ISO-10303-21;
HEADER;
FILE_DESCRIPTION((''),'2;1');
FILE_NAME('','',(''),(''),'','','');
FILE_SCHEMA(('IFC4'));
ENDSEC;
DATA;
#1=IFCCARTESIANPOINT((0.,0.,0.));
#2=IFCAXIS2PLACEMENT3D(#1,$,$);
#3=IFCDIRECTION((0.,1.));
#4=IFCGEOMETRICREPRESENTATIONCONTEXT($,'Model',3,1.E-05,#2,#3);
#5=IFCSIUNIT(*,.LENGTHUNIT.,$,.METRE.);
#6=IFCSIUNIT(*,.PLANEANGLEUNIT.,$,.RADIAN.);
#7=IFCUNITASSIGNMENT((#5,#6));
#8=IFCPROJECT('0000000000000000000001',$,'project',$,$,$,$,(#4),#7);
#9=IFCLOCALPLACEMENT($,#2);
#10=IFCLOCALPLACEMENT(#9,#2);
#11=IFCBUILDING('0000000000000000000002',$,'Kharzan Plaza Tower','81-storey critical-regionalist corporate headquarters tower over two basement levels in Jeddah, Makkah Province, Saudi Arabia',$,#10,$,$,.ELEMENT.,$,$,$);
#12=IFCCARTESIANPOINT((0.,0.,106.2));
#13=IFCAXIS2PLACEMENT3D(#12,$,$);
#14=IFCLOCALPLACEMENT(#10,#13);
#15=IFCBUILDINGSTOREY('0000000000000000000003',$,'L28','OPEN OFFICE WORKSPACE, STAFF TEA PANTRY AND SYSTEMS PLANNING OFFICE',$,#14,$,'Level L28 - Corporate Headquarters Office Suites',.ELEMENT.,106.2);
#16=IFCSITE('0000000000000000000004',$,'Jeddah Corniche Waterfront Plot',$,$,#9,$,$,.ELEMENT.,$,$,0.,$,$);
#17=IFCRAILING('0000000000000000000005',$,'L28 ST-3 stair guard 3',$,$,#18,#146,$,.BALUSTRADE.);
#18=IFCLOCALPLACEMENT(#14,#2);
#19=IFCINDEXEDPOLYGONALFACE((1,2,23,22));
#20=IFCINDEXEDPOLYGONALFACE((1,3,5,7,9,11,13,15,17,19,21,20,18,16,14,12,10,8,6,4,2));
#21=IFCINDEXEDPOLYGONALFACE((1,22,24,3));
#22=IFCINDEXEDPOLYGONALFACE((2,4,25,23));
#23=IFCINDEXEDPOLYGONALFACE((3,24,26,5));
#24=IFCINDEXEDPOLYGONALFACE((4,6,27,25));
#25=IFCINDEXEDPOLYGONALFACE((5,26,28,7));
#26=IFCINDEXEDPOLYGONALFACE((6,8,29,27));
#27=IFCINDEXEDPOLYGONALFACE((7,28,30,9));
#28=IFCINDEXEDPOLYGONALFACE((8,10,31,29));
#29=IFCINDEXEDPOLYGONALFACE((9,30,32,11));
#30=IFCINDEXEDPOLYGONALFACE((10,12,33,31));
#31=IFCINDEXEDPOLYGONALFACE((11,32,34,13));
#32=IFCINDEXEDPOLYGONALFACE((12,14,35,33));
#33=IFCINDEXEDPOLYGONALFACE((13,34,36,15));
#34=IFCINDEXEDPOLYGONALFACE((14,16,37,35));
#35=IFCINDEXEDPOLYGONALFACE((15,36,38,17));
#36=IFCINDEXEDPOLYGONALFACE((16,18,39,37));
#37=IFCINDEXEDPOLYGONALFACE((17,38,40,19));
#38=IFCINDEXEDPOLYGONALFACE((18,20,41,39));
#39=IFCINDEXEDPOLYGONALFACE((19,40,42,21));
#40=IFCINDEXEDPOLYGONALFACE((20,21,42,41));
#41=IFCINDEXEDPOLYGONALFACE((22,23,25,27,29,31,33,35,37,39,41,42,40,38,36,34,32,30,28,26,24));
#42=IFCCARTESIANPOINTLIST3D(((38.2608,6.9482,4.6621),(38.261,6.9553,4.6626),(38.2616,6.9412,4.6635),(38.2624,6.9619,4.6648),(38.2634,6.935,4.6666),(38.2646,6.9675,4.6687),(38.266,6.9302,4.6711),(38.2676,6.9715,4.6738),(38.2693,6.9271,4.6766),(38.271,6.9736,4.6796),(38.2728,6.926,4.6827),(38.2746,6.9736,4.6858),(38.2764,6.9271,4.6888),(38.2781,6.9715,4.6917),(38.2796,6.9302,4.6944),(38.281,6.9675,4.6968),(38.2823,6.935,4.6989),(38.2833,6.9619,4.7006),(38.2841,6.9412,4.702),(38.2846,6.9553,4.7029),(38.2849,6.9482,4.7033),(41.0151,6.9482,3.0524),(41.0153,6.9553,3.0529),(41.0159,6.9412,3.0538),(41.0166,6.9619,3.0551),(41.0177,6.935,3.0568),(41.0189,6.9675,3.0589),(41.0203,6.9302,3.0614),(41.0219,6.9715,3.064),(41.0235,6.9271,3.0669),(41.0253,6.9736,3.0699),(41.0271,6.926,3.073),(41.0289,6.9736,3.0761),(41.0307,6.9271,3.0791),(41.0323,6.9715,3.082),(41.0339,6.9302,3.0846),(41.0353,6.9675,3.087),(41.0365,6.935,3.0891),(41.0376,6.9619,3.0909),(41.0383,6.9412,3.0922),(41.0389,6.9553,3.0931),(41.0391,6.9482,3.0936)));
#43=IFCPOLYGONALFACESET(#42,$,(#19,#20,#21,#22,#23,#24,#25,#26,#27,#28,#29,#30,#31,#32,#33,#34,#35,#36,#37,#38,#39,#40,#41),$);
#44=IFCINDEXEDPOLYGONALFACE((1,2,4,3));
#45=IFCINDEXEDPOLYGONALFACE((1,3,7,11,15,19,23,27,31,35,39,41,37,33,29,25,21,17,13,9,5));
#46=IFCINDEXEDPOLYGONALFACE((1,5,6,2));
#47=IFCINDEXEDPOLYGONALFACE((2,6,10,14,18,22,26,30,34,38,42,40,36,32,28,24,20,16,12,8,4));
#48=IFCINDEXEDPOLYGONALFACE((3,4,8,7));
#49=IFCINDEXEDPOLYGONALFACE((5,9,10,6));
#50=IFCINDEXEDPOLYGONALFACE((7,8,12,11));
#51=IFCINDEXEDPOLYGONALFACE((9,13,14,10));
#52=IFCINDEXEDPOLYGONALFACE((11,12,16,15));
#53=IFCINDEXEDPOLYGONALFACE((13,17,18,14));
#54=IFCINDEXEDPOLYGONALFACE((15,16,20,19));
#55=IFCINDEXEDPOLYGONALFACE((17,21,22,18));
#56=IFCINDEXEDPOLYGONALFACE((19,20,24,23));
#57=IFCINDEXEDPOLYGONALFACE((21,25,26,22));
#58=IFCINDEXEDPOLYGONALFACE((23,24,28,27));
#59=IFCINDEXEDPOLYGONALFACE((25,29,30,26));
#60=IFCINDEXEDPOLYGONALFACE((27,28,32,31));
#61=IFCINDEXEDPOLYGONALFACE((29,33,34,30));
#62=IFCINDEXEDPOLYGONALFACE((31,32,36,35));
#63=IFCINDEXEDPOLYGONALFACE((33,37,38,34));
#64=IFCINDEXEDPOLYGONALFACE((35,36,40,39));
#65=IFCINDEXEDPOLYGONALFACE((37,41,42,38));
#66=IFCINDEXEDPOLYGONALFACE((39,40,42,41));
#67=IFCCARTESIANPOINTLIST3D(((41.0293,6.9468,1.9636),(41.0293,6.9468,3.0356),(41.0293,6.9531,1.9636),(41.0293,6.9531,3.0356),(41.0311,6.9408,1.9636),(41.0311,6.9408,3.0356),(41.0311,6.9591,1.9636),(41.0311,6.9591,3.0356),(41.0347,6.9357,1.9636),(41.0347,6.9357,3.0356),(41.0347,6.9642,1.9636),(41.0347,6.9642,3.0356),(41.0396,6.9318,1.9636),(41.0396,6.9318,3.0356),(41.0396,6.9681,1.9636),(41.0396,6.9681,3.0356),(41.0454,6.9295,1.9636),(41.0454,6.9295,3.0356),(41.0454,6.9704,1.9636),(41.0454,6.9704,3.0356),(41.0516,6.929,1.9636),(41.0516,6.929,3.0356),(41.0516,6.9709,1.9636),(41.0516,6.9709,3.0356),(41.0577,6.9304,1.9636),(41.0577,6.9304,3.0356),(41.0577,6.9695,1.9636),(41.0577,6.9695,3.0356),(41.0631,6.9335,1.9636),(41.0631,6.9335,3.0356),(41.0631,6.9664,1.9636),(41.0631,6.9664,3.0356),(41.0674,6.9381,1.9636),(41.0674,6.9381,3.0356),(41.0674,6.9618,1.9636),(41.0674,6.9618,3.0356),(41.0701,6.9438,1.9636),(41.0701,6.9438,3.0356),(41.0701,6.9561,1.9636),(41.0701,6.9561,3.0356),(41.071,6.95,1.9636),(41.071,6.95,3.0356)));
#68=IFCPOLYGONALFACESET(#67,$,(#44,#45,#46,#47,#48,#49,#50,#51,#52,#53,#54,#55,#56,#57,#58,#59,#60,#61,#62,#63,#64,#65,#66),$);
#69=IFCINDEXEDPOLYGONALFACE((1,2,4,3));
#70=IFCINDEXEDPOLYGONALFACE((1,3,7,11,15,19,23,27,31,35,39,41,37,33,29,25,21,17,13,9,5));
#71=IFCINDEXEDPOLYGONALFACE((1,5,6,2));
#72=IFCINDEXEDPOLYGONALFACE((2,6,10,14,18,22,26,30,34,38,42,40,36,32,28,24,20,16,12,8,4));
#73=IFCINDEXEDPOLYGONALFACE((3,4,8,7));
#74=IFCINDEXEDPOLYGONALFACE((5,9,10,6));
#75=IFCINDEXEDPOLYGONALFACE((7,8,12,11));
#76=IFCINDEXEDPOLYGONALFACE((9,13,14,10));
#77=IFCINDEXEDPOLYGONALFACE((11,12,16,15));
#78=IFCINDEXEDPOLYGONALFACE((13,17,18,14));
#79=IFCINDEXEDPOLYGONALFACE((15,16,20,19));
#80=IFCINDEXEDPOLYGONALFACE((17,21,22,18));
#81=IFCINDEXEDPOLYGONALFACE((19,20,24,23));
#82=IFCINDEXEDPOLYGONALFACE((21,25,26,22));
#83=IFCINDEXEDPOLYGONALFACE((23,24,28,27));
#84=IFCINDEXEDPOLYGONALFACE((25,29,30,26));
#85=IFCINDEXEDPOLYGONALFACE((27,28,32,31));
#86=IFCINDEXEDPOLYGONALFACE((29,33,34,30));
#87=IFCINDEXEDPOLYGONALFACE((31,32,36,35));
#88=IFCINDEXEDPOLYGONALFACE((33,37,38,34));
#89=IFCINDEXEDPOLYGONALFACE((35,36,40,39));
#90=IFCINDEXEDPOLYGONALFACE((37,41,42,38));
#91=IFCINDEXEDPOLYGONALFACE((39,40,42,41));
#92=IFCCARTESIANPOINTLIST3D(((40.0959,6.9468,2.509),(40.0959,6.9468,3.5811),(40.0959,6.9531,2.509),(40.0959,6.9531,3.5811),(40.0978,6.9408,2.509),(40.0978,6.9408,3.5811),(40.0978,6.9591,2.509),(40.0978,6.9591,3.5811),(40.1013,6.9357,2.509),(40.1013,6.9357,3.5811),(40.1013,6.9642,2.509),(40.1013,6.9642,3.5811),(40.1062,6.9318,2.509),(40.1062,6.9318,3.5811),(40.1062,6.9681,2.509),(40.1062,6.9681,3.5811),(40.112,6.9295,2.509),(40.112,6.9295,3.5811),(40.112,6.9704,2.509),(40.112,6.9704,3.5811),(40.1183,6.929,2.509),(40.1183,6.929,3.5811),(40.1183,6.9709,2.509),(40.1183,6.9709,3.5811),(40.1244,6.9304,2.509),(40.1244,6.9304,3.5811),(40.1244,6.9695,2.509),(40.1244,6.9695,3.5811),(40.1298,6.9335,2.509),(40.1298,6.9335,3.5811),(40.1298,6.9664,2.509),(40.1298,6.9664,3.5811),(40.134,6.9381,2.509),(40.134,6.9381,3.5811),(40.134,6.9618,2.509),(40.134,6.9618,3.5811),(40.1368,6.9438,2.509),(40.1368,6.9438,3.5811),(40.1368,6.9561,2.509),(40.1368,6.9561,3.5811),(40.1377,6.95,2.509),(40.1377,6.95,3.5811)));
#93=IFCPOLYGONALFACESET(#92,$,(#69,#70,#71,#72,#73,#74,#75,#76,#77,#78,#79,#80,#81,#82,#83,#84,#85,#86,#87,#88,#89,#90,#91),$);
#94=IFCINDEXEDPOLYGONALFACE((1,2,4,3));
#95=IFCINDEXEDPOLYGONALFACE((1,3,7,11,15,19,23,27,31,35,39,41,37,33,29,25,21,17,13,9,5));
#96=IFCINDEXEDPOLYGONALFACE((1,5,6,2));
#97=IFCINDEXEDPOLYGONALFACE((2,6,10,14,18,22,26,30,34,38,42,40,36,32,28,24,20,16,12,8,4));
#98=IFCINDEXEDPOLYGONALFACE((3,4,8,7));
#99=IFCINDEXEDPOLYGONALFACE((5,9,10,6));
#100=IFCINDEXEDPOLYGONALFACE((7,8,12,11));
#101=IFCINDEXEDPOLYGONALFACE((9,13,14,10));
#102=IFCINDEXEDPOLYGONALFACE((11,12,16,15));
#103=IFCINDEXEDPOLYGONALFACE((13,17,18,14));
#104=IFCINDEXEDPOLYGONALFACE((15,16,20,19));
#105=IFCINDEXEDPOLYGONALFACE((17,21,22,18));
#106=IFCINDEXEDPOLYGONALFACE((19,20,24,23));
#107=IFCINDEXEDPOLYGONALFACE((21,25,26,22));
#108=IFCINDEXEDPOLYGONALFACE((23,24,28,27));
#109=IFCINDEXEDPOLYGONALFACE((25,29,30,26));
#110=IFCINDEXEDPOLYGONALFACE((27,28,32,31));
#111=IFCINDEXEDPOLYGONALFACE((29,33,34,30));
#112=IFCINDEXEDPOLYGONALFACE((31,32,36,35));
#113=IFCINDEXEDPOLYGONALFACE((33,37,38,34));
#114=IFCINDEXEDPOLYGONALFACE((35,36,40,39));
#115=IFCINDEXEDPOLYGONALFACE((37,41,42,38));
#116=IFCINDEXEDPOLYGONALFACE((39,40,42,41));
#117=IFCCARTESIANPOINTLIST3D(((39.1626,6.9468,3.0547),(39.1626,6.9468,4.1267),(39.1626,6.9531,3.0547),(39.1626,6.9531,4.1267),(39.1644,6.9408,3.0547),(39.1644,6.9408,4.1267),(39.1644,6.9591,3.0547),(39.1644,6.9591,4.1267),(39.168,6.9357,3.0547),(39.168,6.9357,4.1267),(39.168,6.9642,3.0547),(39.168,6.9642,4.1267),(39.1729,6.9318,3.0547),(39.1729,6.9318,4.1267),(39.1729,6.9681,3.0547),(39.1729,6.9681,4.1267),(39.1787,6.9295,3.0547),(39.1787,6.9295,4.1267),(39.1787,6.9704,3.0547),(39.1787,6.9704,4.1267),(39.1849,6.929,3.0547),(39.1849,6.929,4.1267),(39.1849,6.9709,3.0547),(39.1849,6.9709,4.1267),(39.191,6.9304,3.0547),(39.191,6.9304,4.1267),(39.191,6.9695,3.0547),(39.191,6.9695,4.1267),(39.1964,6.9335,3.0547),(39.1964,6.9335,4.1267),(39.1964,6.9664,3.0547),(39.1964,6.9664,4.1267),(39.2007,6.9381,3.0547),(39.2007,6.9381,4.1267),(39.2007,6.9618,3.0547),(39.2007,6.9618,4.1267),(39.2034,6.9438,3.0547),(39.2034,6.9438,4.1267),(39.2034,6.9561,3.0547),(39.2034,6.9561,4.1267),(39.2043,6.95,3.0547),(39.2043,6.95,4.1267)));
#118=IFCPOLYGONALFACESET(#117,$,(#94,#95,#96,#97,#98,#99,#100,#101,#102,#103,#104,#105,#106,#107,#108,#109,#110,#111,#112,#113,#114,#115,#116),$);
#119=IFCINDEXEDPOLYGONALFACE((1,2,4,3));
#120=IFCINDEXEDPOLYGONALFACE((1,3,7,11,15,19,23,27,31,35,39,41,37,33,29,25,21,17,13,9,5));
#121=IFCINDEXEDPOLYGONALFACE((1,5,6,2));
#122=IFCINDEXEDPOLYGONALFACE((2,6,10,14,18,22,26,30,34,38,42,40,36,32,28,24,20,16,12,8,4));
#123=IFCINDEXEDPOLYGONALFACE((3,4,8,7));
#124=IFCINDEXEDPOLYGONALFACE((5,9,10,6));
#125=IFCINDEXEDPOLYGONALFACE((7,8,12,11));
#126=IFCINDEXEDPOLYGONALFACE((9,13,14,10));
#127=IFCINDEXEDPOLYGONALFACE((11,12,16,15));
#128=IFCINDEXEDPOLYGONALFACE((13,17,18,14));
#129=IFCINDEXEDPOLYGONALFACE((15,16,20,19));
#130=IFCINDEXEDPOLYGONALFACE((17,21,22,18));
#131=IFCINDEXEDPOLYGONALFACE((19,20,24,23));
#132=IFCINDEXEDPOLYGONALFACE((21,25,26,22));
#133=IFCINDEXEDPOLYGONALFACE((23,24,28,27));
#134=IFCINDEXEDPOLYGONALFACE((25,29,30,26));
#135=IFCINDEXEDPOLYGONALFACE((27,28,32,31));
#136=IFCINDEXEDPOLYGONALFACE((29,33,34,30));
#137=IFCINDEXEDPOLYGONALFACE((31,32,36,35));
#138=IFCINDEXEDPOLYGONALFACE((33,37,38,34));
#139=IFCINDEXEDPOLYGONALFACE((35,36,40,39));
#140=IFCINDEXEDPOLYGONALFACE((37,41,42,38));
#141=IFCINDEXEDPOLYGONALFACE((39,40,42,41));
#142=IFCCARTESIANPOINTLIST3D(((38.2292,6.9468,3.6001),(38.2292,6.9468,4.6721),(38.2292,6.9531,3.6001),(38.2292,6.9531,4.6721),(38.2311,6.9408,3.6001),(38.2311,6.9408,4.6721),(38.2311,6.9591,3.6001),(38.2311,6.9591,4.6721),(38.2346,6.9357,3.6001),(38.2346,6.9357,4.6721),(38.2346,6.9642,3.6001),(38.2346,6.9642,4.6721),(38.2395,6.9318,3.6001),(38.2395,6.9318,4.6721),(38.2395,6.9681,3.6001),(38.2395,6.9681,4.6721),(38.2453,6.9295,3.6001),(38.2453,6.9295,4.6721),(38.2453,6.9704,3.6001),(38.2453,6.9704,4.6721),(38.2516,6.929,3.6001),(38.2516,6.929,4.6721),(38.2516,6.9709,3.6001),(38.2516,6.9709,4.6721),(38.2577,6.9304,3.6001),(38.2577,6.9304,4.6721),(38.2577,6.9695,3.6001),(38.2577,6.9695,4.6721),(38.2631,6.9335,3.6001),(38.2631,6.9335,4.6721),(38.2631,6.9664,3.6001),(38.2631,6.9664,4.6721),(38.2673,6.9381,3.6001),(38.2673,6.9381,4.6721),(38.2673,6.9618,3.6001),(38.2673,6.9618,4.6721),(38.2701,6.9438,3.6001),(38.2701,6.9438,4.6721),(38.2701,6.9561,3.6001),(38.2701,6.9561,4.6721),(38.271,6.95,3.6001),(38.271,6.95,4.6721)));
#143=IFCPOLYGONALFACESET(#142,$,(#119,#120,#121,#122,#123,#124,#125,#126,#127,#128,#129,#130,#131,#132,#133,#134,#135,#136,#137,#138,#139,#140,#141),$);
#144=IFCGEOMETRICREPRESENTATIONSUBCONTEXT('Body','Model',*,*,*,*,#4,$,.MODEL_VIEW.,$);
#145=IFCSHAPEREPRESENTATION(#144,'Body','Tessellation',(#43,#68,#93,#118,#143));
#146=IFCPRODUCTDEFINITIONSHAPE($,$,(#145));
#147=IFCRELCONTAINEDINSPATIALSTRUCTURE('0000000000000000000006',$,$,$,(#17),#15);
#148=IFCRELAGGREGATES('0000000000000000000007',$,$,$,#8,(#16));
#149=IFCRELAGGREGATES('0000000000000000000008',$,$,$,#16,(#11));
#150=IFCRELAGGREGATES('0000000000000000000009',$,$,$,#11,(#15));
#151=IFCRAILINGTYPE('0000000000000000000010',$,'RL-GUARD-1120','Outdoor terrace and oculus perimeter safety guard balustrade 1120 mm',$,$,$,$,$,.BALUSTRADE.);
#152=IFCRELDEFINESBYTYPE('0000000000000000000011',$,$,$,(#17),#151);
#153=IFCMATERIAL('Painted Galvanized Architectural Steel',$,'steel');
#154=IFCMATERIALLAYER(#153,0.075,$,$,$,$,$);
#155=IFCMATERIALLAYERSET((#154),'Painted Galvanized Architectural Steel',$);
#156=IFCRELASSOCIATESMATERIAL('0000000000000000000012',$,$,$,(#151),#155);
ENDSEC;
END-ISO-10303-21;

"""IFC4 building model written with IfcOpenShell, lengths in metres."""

from ifc_helpers import new_model, si_unit, direction, frame, origin, origin_2d, place, context, subcontext, project, spatial, circle, extrude, source, transform, mapped, material, layer, layer_set, type_object, element, save


model = new_model("IFC4")

# Units and contexts
model_context = context("Model", 3, precision=1e-05, world=origin(), true_north=direction((0.0, 1.0)))
body_context = subcontext(model_context, "Body", "Model", "MODEL_VIEW")
ifc_project = project(units=[si_unit("LENGTHUNIT", "METRE"), si_unit("PLANEANGLEUNIT", "RADIAN")], contexts=[model_context])

# Site, building, storey
site_placement = place(None, origin())
site = spatial("IfcSite", under=ifc_project, at=site_placement, Name="Jeddah Corniche Waterfront Plot", CompositionType="ELEMENT", RefElevation=0.0)
building_placement = place(site_placement, origin())
building = spatial("IfcBuilding", under=site, at=building_placement, Name="Kharzan Plaza Tower", Description="81-storey critical-regionalist corporate headquarters tower over two basement levels in Jeddah, Makkah Province, Saudi Arabia", CompositionType="ELEMENT")
storey_placement = place(building_placement, frame((0.0, 0.0, 106.2)))
storey = spatial("IfcBuildingStorey", under=building, at=storey_placement, Name="L28", Description="OPEN OFFICE WORKSPACE, STAFF TEA PANTRY AND SYSTEMS PLANNING OFFICE", LongName="Level L28 - Corporate Headquarters Office Suites", CompositionType="ELEMENT", Elevation=106.2)

# Railing
ifc_material_1 = material(Name="Painted Galvanized Architectural Steel", Category="steel")
ifc_layer_1 = layer(ifc_material_1, 0.075)
ifc_layer_set_1 = layer_set([ifc_layer_1], Name="Painted Galvanized Architectural Steel")
railing_type_1 = type_object("IfcRailingType", Name="RL-GUARD-1120", Description="Outdoor terrace and oculus perimeter safety guard balustrade 1120 mm", PredefinedType="BALUSTRADE", material=ifc_layer_set_1)
shared_shape_1 = source(origin(), body_context, "Body", "SweptSolid", [
    extrude(circle(Radius=0.0239, at=origin_2d()), frame((-0.0229, 0.0, 1.1094), z_axis=(-0.863361, 0.0, 0.504587), x_axis=(0.0, -1.0, 0.0)), (0.0, 0.0, 1.0), 3.1902),
    extrude(circle(Radius=0.021, at=origin_2d()), origin(), (0.0, 0.0, 1.0), 1.072),
    extrude(circle(Radius=0.021, at=origin_2d()), frame((-0.9333, 0.0, 0.5454)), (0.0, 0.0, 1.0), 1.072),
    extrude(circle(Radius=0.021, at=origin_2d()), frame((-1.8667, 0.0, 1.0911)), (0.0, 0.0, 1.0), 1.072),
    extrude(circle(Radius=0.021, at=origin_2d()), frame((-2.8, 0.0, 1.6365)), (0.0, 0.0, 1.0), 1.072),
])
railing_1_placement = place(storey_placement, frame((41.05, 6.95, 1.9636)))
element("IfcRailing", 1, at=railing_1_placement, inside=storey, type_object=railing_type_1, Name="L28 ST-3 stair guard 3", PredefinedType="BALUSTRADE", context=body_context, shape_type="MappedRepresentation", body=[
    mapped(shared_shape_1, transform((0.0, 0.0, 0.0), x_axis=(1.0, 0.0, 0.0), y_axis=(0.0, 1.0, 0.0), z_axis=(0.0, 0.0, 1.0))),
])

save(model, "model.ifc")
